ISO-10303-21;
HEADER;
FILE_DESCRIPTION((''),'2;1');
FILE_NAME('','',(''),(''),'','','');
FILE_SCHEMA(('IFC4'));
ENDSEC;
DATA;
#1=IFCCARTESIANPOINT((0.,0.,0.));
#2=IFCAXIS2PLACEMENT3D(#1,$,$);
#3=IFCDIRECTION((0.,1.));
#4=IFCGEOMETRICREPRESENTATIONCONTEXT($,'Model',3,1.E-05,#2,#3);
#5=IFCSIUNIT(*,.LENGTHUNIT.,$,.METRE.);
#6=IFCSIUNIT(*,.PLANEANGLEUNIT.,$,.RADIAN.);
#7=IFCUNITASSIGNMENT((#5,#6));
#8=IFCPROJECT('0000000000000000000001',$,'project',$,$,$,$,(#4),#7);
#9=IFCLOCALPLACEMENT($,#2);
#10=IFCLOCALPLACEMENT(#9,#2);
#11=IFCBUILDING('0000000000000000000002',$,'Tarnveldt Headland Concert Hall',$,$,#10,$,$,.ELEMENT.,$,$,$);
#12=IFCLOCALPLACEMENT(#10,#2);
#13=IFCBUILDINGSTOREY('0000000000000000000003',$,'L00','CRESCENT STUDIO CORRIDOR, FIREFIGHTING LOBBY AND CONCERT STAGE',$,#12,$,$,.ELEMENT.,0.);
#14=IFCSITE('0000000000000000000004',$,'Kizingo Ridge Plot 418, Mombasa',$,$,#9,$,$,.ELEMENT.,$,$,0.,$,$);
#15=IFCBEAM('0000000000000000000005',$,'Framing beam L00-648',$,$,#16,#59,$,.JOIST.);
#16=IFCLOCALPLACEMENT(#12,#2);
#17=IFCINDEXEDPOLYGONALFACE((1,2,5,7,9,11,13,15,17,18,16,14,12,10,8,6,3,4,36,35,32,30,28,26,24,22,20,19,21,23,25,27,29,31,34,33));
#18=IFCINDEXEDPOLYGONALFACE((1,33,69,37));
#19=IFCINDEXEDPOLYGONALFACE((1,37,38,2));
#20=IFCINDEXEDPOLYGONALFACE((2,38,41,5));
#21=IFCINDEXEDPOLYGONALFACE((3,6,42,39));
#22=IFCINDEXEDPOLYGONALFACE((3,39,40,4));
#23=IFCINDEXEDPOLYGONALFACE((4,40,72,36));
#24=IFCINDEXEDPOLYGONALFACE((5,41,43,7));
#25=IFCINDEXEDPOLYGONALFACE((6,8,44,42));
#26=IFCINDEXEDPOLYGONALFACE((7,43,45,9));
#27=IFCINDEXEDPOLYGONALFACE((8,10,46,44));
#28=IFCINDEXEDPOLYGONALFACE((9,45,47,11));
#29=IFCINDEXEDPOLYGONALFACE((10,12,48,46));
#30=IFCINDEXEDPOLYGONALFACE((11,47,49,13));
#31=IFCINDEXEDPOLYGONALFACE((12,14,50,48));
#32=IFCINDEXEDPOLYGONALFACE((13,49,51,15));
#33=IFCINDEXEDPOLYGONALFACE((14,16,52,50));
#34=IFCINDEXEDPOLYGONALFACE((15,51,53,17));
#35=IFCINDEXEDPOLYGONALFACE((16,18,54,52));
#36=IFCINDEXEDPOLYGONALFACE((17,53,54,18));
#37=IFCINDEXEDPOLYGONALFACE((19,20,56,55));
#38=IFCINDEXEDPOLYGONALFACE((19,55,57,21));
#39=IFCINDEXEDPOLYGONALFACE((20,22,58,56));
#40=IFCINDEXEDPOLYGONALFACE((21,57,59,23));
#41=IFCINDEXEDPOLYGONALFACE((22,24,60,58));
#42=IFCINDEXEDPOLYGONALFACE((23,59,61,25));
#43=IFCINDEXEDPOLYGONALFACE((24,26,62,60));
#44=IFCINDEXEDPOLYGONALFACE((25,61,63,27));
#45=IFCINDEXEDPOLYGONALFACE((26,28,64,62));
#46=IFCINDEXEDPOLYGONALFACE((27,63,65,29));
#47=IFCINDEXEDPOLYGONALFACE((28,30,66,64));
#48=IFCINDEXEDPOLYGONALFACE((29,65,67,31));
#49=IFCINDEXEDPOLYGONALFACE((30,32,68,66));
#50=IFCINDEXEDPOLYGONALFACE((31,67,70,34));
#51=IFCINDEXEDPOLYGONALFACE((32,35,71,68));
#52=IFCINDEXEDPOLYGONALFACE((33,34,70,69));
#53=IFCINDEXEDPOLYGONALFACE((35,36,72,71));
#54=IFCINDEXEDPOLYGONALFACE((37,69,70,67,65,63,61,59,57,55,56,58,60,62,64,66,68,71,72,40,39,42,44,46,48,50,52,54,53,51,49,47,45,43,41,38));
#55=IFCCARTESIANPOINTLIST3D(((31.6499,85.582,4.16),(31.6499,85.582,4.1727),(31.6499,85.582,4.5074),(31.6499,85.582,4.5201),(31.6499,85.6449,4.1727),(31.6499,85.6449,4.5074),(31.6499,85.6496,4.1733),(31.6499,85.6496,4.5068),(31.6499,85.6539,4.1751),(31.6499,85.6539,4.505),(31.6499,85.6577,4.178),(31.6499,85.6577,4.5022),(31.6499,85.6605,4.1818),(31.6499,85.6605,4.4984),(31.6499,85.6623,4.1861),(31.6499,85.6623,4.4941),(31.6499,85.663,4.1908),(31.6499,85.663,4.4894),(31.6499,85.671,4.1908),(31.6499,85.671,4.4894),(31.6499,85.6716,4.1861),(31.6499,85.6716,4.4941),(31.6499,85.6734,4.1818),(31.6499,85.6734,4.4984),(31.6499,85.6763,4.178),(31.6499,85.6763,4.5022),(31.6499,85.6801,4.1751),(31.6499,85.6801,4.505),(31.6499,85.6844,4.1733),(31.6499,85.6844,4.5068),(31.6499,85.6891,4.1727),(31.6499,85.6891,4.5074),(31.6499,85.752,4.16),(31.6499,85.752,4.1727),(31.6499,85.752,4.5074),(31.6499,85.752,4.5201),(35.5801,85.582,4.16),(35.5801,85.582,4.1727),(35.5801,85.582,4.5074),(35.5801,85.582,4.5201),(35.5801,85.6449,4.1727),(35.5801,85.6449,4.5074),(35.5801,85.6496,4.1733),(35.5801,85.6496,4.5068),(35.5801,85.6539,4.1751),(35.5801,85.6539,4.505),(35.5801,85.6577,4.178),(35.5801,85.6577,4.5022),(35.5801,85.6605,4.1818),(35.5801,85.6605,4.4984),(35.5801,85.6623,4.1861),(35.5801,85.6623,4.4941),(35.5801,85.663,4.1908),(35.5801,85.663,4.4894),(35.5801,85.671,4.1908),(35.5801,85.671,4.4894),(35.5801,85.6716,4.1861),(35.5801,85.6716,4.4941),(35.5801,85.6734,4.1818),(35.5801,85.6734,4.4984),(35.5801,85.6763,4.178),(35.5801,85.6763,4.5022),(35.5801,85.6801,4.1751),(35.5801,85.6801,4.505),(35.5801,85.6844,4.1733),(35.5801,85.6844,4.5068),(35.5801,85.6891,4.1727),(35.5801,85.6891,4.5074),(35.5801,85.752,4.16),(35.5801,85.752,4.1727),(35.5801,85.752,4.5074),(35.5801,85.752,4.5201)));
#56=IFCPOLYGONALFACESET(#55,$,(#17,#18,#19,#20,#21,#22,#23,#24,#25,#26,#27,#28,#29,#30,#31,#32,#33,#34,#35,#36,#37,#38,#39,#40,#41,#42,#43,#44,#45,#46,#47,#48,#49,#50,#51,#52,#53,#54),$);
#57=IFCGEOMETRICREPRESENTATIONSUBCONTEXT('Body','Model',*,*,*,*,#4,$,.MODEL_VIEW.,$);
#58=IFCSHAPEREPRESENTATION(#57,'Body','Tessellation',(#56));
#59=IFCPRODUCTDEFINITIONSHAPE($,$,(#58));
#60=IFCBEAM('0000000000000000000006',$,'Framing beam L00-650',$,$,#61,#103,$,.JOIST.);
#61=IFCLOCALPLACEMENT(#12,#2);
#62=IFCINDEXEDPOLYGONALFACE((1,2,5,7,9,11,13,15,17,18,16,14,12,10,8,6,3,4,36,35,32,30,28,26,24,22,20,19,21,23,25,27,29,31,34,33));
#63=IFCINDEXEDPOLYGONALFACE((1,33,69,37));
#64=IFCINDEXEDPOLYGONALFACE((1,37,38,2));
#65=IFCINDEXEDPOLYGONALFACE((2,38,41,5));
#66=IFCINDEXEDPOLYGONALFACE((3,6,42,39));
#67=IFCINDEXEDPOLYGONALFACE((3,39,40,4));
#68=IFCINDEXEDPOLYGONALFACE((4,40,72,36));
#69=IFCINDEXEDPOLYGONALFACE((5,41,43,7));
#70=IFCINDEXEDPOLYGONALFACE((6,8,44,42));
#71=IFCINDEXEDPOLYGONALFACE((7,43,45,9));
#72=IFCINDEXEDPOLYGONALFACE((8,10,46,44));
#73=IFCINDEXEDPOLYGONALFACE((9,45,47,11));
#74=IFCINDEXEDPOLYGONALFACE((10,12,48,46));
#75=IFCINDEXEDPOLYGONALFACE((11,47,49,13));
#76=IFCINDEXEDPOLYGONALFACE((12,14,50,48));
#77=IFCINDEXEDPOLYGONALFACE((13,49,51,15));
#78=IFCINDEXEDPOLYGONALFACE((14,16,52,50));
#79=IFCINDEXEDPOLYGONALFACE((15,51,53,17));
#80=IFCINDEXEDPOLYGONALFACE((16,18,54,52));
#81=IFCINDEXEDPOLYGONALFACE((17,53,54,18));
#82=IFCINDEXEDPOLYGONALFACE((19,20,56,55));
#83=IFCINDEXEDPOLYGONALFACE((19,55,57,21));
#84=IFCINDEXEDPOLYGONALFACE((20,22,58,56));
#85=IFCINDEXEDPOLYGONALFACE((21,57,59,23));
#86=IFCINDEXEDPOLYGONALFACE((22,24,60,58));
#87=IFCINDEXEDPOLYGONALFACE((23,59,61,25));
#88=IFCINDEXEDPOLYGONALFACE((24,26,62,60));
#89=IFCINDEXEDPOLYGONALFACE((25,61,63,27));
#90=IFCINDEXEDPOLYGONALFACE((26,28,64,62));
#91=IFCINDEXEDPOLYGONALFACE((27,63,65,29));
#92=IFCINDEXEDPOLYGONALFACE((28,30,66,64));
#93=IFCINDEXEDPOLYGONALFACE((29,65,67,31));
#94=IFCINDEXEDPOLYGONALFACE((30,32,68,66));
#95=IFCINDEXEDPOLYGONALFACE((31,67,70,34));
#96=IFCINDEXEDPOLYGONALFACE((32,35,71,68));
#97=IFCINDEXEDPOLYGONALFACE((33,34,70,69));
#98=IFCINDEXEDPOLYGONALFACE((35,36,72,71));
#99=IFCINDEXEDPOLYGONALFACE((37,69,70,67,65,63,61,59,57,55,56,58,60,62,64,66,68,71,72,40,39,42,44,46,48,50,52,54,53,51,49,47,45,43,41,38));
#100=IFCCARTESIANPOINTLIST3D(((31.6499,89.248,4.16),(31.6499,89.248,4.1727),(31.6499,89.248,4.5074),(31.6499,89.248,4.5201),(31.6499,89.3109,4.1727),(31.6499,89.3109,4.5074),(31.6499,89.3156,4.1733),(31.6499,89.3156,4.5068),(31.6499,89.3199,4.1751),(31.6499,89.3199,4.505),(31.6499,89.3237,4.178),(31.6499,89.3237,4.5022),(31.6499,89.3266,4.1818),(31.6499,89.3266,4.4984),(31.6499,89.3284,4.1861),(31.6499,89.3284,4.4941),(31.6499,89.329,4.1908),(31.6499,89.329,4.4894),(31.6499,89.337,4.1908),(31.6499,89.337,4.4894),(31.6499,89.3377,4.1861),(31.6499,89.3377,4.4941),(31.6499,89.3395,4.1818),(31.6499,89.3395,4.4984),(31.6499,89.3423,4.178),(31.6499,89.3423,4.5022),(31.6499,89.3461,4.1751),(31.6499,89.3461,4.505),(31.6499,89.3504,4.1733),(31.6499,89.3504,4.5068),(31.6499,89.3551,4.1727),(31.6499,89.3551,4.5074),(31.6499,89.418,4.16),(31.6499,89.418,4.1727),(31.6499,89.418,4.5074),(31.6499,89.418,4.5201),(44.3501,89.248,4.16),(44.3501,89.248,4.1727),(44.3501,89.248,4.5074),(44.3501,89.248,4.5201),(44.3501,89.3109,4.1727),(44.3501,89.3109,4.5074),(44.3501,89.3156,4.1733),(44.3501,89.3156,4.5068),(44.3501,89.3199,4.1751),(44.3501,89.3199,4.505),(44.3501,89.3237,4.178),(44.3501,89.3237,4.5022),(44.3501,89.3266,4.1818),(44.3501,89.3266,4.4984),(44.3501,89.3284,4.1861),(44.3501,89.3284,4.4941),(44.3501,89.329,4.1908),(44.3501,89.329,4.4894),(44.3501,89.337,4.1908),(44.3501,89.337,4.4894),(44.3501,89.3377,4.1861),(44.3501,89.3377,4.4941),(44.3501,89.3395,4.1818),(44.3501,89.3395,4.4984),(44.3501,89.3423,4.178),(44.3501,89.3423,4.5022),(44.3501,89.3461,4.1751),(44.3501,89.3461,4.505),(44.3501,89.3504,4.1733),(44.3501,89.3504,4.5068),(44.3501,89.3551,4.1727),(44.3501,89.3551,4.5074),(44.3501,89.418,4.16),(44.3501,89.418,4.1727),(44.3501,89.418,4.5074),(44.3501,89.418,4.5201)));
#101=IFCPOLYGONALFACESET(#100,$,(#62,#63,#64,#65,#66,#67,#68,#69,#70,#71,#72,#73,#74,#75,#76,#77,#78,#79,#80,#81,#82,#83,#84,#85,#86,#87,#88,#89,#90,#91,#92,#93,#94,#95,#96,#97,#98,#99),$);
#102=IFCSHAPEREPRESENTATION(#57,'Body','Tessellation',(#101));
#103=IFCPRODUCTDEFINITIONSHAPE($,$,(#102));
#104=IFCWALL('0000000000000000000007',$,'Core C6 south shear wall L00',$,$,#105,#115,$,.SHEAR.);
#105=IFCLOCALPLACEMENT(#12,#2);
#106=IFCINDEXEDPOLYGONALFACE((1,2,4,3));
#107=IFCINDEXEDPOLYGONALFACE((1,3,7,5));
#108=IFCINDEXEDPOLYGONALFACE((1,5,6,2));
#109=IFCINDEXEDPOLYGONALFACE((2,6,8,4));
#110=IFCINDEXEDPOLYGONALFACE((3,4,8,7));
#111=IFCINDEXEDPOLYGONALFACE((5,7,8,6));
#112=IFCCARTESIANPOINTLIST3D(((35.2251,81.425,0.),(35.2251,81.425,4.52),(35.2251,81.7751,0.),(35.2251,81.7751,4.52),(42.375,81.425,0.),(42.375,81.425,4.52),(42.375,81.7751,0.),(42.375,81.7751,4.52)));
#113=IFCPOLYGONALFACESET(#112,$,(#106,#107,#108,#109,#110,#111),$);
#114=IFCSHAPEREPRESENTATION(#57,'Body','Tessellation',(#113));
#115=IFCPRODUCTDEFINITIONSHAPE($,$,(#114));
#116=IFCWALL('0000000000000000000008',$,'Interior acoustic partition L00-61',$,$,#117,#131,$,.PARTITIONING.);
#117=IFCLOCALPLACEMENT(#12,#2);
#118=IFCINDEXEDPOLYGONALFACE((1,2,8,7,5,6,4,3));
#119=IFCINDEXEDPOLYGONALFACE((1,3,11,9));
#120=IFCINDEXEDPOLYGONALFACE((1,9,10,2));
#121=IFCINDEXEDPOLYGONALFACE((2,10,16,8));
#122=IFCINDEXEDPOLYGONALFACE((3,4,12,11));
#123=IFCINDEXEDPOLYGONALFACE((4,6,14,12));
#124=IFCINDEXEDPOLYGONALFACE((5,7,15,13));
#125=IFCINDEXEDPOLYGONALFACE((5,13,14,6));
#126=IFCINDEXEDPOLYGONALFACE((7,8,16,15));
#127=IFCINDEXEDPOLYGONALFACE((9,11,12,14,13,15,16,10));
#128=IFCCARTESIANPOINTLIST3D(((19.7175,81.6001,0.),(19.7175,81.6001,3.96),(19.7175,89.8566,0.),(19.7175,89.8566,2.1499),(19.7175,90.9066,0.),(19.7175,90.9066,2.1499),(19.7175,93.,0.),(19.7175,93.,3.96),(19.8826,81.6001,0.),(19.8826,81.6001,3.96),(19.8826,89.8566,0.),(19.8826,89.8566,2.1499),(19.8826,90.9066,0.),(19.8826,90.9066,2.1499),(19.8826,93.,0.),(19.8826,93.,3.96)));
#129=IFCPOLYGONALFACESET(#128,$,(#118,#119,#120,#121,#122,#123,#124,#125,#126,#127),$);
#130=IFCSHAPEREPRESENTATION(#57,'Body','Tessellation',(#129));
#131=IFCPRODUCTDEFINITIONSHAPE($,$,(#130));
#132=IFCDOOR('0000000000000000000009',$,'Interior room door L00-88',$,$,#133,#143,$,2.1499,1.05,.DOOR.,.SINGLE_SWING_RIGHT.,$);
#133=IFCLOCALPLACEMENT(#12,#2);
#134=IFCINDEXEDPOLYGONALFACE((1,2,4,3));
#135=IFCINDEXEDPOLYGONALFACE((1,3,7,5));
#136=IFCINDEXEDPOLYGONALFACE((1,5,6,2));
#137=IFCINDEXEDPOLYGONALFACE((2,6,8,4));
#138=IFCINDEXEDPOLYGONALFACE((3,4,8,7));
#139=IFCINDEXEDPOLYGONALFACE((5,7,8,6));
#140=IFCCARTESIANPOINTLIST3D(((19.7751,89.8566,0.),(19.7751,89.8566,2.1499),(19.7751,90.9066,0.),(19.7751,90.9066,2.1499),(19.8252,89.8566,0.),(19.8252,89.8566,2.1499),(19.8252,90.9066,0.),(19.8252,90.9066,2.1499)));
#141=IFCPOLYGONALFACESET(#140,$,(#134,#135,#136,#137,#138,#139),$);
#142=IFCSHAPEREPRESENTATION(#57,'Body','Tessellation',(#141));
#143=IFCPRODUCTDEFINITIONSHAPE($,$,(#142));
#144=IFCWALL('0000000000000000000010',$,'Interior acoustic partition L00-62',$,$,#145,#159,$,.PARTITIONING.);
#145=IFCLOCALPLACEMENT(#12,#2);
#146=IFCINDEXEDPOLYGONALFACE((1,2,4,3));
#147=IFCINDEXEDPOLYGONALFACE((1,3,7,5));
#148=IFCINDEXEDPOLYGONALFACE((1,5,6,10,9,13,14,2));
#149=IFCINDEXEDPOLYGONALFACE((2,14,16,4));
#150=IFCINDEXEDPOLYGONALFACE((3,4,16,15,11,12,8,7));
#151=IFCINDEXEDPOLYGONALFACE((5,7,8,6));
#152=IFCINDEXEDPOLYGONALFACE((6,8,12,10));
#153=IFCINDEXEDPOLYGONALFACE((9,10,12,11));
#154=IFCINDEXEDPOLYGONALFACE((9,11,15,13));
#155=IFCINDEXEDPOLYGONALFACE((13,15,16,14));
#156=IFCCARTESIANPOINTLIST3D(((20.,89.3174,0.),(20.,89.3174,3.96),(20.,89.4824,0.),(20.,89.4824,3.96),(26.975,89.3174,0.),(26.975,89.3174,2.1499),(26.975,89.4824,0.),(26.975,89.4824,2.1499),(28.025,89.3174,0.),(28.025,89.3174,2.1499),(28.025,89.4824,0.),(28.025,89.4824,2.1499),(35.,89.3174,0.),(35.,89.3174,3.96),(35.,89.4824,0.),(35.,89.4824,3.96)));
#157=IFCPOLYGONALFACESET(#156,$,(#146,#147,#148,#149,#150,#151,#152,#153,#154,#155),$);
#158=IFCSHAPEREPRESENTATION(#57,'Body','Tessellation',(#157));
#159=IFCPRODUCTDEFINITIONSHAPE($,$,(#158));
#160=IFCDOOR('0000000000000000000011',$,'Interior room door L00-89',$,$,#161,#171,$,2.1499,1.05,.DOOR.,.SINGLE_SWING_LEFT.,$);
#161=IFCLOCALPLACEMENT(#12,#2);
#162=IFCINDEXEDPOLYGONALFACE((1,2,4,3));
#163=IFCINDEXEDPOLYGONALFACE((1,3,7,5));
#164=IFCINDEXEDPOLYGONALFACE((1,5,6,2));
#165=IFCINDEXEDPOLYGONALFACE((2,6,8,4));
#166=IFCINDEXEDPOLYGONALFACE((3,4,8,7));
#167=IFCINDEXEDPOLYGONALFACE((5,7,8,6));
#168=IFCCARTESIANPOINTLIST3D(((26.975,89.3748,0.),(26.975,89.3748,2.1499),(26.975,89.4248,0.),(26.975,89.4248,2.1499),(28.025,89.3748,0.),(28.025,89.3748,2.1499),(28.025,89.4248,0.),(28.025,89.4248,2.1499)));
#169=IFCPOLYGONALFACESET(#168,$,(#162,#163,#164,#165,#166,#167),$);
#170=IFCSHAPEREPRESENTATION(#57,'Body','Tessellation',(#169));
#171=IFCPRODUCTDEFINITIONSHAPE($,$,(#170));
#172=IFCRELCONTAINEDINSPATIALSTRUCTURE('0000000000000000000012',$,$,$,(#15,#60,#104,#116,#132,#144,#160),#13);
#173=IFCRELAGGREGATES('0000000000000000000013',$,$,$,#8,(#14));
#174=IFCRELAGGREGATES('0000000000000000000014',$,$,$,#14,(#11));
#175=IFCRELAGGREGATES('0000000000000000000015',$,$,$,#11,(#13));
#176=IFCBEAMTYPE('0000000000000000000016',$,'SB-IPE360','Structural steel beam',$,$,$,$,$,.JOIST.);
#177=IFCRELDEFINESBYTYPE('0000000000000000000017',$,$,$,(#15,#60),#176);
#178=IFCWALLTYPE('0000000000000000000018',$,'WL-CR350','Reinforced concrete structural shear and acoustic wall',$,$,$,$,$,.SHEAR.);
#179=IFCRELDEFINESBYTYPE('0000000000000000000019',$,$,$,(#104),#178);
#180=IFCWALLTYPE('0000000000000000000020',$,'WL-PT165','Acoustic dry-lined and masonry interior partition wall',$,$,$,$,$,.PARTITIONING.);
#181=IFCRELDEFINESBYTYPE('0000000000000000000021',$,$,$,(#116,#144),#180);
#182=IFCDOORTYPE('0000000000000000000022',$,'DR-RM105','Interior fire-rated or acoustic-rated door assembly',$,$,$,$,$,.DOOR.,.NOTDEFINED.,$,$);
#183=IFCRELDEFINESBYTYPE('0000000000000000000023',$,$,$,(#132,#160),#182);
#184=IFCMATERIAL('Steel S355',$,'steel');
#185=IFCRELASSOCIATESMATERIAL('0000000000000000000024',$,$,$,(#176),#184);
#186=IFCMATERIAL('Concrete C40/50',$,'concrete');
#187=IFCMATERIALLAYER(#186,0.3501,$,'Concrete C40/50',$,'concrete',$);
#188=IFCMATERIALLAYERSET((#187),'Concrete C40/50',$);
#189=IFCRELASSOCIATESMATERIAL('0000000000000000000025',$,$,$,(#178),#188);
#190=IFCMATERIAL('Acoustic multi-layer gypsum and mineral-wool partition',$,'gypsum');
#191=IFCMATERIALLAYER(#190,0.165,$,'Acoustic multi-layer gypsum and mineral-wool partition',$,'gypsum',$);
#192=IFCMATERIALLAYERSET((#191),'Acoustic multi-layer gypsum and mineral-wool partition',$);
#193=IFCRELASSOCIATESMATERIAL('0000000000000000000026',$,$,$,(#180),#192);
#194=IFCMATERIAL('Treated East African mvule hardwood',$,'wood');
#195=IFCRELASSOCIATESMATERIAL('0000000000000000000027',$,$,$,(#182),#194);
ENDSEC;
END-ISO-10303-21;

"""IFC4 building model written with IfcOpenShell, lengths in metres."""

from ifc_helpers import new_model, si_unit, direction, frame, frame_2d, origin, origin_2d, place, context, subcontext, project, spatial, rectangle, i_section, extrude, material, layer, layer_set, material_profile, profile_set, type_object, element, fill, save


model = new_model("IFC4")

# Units and contexts
model_context = context("Model", 3, precision=1e-05, world=origin(), true_north=direction((0.0, 1.0)))
body_context = subcontext(model_context, "Body", "Model", "MODEL_VIEW")
ifc_project = project(units=[si_unit("LENGTHUNIT", "METRE"), si_unit("PLANEANGLEUNIT", "RADIAN")], contexts=[model_context])

# Site, building, storey
site_placement = place(None, origin())
site = spatial("IfcSite", under=ifc_project, at=site_placement, Name="Kizingo Ridge Plot 418, Mombasa", CompositionType="ELEMENT", RefElevation=0.0)
building_placement = place(site_placement, origin())
building = spatial("IfcBuilding", under=site, at=building_placement, Name="Tarnveldt Headland Concert Hall", CompositionType="ELEMENT")
storey_placement = place(building_placement, origin())
storey = spatial("IfcBuildingStorey", under=building, at=storey_placement, Name="L00", Description="CRESCENT STUDIO CORRIDOR, FIREFIGHTING LOBBY AND CONCERT STAGE", CompositionType="ELEMENT", Elevation=0.0)

# Shared definitions
ifc_material_1 = material(Name="Concrete C40/50", Category="concrete")

# Beams
ifc_material_2 = material(Name="Steel S355", Category="steel")
ifc_material_profile_1 = material_profile(ifc_material_2, i_section(OverallWidth=0.1699, OverallDepth=0.3601, WebThickness=0.0081, FlangeThickness=0.0127, FilletRadius=0.0181, at=origin_2d()), Name="IPE360", Category="steel")
ifc_profile_set_1 = profile_set([ifc_material_profile_1], Name="Steel S355")
beam_type_1 = type_object("IfcBeamType", Name="SB-IPE360", Description="Structural steel beam", PredefinedType="JOIST", material=ifc_profile_set_1)
beam_1_placement = place(storey_placement, frame((31.6499, 85.667, 4.3401), z_axis=(1.0, 0.0, 0.0), x_axis=(0.0, 1.0, 0.0)))
element("IfcBeam", 1, at=beam_1_placement, inside=storey, type_object=beam_type_1, Name="Framing beam L00-648", PredefinedType="JOIST", context=body_context, shape_type="SweptSolid", body=[
    extrude(i_section(OverallWidth=0.1699, OverallDepth=0.3601, WebThickness=0.0081, FlangeThickness=0.0127, FilletRadius=0.0181, at=origin_2d()), origin(), (0.0, 0.0, 1.0), 3.9302),
])
beam_2_placement = place(storey_placement, frame((31.6499, 89.333, 4.3401), z_axis=(1.0, 0.0, 0.0), x_axis=(0.0, 1.0, 0.0)))
element("IfcBeam", 2, at=beam_2_placement, inside=storey, type_object=beam_type_1, Name="Framing beam L00-650", PredefinedType="JOIST", context=body_context, shape_type="SweptSolid", body=[
    extrude(i_section(OverallWidth=0.1699, OverallDepth=0.3601, WebThickness=0.0081, FlangeThickness=0.0127, FilletRadius=0.0181, at=origin_2d()), origin(), (0.0, 0.0, 1.0), 12.7002),
])

# Wall
ifc_layer_1 = layer(ifc_material_1, 0.3501, Name="Concrete C40/50", Category="concrete")
ifc_layer_set_1 = layer_set([ifc_layer_1], Name="Concrete C40/50")
wall_type_1 = type_object("IfcWallType", Name="WL-CR350", Description="Reinforced concrete structural shear and acoustic wall", PredefinedType="SHEAR", material=ifc_layer_set_1)
wall_1_placement = place(storey_placement, frame((35.2251, 81.6001, 0.0), z_axis=(0.0, 0.0, 1.0), x_axis=(1.0, 0.0, 0.0)))
element("IfcWall", 3, at=wall_1_placement, inside=storey, type_object=wall_type_1, Name="Core C6 south shear wall L00", PredefinedType="SHEAR", context=body_context, shape_type="SweptSolid", body=[
    extrude(rectangle(XDim=7.1499, YDim=0.3501, at=frame_2d((3.575, 0.0))), origin(), (0.0, 0.0, 1.0), 4.52),
])

# Walls, openings, doors
ifc_material_3 = material(Name="Acoustic multi-layer gypsum and mineral-wool partition", Category="gypsum")
ifc_layer_2 = layer(ifc_material_3, 0.165, Name="Acoustic multi-layer gypsum and mineral-wool partition", Category="gypsum")
ifc_layer_set_2 = layer_set([ifc_layer_2], Name="Acoustic multi-layer gypsum and mineral-wool partition")
wall_type_2 = type_object("IfcWallType", Name="WL-PT165", Description="Acoustic dry-lined and masonry interior partition wall", PredefinedType="PARTITIONING", material=ifc_layer_set_2)
wall_2_placement = place(storey_placement, frame((19.8, 81.6001, 0.0), z_axis=(0.0, 0.0, 1.0), x_axis=(0.0, 1.0, 0.0)))
wall_2 = element("IfcWall", 4, at=wall_2_placement, inside=storey, type_object=wall_type_2, Name="Interior acoustic partition L00-61", PredefinedType="PARTITIONING", context=body_context, shape_type="SweptSolid", body=[
    extrude(rectangle(XDim=11.3999, YDim=0.165, at=frame_2d((5.7, 0.0))), origin(), (0.0, 0.0, 1.0), 3.96),
])
opening_1_placement = place(wall_2_placement, frame((8.2566, 0.0, 0.0)))
opening_1 = element("IfcOpeningElement", 5, at=opening_1_placement, cuts=wall_2, PredefinedType="OPENING", context=body_context, shape_type="SweptSolid", body=[
    extrude(rectangle(XDim=1.05, YDim=2.1499, at=frame_2d((0.5249, 1.075))), frame((0.0, 0.0925, 0.0), z_axis=(0.0, -1.0, 0.0), x_axis=(1.0, 0.0, 0.0)), (0.0, 0.0, 1.0), 0.1851),
])
ifc_material_4 = material(Name="Treated East African mvule hardwood", Category="wood")
door_type_1 = type_object("IfcDoorType", Name="DR-RM105", Description="Interior fire-rated or acoustic-rated door assembly", OperationType="NOTDEFINED", PredefinedType="DOOR", material=ifc_material_4)
door_1_placement = place(opening_1_placement, origin())
door_1 = element("IfcDoor", 6, at=door_1_placement, inside=storey, type_object=door_type_1, Name="Interior room door L00-88", OperationType="SINGLE_SWING_RIGHT", OverallHeight=2.1499, OverallWidth=1.05, PredefinedType="DOOR", context=body_context, shape_type="SweptSolid", body=[
    extrude(rectangle(XDim=1.05, YDim=2.1499, at=frame_2d((0.5249, 1.075))), frame((0.0, 0.0249, 0.0), z_axis=(0.0, -1.0, 0.0), x_axis=(1.0, 0.0, 0.0)), (0.0, 0.0, 1.0), 0.05),
])
fill(opening_1, door_1)
wall_3_placement = place(storey_placement, frame((20.0, 89.3999, 0.0), z_axis=(0.0, 0.0, 1.0), x_axis=(1.0, 0.0, 0.0)))
wall_3 = element("IfcWall", 7, at=wall_3_placement, inside=storey, type_object=wall_type_2, Name="Interior acoustic partition L00-62", PredefinedType="PARTITIONING", context=body_context, shape_type="SweptSolid", body=[
    extrude(rectangle(XDim=15.0, YDim=0.165, at=frame_2d((7.5, 0.0))), origin(), (0.0, 0.0, 1.0), 3.96),
])
opening_2_placement = place(wall_3_placement, frame((6.9751, 0.0, 0.0)))
opening_2 = element("IfcOpeningElement", 8, at=opening_2_placement, cuts=wall_3, PredefinedType="OPENING", context=body_context, shape_type="SweptSolid", body=[
    extrude(rectangle(XDim=1.05, YDim=2.1499, at=frame_2d((0.5249, 1.075))), frame((0.0, 0.0925, 0.0), z_axis=(0.0, -1.0, 0.0), x_axis=(1.0, 0.0, 0.0)), (0.0, 0.0, 1.0), 0.1851),
])
door_2_placement = place(opening_2_placement, origin())
door_2 = element("IfcDoor", 9, at=door_2_placement, inside=storey, type_object=door_type_1, Name="Interior room door L00-89", OperationType="SINGLE_SWING_LEFT", OverallHeight=2.1499, OverallWidth=1.05, PredefinedType="DOOR", context=body_context, shape_type="SweptSolid", body=[
    extrude(rectangle(XDim=1.05, YDim=2.1499, at=frame_2d((0.5249, 1.075))), frame((0.0, 0.0249, 0.0), z_axis=(0.0, -1.0, 0.0), x_axis=(1.0, 0.0, 0.0)), (0.0, 0.0, 1.0), 0.05),
])
fill(opening_2, door_2)

save(model, "model.ifc")
